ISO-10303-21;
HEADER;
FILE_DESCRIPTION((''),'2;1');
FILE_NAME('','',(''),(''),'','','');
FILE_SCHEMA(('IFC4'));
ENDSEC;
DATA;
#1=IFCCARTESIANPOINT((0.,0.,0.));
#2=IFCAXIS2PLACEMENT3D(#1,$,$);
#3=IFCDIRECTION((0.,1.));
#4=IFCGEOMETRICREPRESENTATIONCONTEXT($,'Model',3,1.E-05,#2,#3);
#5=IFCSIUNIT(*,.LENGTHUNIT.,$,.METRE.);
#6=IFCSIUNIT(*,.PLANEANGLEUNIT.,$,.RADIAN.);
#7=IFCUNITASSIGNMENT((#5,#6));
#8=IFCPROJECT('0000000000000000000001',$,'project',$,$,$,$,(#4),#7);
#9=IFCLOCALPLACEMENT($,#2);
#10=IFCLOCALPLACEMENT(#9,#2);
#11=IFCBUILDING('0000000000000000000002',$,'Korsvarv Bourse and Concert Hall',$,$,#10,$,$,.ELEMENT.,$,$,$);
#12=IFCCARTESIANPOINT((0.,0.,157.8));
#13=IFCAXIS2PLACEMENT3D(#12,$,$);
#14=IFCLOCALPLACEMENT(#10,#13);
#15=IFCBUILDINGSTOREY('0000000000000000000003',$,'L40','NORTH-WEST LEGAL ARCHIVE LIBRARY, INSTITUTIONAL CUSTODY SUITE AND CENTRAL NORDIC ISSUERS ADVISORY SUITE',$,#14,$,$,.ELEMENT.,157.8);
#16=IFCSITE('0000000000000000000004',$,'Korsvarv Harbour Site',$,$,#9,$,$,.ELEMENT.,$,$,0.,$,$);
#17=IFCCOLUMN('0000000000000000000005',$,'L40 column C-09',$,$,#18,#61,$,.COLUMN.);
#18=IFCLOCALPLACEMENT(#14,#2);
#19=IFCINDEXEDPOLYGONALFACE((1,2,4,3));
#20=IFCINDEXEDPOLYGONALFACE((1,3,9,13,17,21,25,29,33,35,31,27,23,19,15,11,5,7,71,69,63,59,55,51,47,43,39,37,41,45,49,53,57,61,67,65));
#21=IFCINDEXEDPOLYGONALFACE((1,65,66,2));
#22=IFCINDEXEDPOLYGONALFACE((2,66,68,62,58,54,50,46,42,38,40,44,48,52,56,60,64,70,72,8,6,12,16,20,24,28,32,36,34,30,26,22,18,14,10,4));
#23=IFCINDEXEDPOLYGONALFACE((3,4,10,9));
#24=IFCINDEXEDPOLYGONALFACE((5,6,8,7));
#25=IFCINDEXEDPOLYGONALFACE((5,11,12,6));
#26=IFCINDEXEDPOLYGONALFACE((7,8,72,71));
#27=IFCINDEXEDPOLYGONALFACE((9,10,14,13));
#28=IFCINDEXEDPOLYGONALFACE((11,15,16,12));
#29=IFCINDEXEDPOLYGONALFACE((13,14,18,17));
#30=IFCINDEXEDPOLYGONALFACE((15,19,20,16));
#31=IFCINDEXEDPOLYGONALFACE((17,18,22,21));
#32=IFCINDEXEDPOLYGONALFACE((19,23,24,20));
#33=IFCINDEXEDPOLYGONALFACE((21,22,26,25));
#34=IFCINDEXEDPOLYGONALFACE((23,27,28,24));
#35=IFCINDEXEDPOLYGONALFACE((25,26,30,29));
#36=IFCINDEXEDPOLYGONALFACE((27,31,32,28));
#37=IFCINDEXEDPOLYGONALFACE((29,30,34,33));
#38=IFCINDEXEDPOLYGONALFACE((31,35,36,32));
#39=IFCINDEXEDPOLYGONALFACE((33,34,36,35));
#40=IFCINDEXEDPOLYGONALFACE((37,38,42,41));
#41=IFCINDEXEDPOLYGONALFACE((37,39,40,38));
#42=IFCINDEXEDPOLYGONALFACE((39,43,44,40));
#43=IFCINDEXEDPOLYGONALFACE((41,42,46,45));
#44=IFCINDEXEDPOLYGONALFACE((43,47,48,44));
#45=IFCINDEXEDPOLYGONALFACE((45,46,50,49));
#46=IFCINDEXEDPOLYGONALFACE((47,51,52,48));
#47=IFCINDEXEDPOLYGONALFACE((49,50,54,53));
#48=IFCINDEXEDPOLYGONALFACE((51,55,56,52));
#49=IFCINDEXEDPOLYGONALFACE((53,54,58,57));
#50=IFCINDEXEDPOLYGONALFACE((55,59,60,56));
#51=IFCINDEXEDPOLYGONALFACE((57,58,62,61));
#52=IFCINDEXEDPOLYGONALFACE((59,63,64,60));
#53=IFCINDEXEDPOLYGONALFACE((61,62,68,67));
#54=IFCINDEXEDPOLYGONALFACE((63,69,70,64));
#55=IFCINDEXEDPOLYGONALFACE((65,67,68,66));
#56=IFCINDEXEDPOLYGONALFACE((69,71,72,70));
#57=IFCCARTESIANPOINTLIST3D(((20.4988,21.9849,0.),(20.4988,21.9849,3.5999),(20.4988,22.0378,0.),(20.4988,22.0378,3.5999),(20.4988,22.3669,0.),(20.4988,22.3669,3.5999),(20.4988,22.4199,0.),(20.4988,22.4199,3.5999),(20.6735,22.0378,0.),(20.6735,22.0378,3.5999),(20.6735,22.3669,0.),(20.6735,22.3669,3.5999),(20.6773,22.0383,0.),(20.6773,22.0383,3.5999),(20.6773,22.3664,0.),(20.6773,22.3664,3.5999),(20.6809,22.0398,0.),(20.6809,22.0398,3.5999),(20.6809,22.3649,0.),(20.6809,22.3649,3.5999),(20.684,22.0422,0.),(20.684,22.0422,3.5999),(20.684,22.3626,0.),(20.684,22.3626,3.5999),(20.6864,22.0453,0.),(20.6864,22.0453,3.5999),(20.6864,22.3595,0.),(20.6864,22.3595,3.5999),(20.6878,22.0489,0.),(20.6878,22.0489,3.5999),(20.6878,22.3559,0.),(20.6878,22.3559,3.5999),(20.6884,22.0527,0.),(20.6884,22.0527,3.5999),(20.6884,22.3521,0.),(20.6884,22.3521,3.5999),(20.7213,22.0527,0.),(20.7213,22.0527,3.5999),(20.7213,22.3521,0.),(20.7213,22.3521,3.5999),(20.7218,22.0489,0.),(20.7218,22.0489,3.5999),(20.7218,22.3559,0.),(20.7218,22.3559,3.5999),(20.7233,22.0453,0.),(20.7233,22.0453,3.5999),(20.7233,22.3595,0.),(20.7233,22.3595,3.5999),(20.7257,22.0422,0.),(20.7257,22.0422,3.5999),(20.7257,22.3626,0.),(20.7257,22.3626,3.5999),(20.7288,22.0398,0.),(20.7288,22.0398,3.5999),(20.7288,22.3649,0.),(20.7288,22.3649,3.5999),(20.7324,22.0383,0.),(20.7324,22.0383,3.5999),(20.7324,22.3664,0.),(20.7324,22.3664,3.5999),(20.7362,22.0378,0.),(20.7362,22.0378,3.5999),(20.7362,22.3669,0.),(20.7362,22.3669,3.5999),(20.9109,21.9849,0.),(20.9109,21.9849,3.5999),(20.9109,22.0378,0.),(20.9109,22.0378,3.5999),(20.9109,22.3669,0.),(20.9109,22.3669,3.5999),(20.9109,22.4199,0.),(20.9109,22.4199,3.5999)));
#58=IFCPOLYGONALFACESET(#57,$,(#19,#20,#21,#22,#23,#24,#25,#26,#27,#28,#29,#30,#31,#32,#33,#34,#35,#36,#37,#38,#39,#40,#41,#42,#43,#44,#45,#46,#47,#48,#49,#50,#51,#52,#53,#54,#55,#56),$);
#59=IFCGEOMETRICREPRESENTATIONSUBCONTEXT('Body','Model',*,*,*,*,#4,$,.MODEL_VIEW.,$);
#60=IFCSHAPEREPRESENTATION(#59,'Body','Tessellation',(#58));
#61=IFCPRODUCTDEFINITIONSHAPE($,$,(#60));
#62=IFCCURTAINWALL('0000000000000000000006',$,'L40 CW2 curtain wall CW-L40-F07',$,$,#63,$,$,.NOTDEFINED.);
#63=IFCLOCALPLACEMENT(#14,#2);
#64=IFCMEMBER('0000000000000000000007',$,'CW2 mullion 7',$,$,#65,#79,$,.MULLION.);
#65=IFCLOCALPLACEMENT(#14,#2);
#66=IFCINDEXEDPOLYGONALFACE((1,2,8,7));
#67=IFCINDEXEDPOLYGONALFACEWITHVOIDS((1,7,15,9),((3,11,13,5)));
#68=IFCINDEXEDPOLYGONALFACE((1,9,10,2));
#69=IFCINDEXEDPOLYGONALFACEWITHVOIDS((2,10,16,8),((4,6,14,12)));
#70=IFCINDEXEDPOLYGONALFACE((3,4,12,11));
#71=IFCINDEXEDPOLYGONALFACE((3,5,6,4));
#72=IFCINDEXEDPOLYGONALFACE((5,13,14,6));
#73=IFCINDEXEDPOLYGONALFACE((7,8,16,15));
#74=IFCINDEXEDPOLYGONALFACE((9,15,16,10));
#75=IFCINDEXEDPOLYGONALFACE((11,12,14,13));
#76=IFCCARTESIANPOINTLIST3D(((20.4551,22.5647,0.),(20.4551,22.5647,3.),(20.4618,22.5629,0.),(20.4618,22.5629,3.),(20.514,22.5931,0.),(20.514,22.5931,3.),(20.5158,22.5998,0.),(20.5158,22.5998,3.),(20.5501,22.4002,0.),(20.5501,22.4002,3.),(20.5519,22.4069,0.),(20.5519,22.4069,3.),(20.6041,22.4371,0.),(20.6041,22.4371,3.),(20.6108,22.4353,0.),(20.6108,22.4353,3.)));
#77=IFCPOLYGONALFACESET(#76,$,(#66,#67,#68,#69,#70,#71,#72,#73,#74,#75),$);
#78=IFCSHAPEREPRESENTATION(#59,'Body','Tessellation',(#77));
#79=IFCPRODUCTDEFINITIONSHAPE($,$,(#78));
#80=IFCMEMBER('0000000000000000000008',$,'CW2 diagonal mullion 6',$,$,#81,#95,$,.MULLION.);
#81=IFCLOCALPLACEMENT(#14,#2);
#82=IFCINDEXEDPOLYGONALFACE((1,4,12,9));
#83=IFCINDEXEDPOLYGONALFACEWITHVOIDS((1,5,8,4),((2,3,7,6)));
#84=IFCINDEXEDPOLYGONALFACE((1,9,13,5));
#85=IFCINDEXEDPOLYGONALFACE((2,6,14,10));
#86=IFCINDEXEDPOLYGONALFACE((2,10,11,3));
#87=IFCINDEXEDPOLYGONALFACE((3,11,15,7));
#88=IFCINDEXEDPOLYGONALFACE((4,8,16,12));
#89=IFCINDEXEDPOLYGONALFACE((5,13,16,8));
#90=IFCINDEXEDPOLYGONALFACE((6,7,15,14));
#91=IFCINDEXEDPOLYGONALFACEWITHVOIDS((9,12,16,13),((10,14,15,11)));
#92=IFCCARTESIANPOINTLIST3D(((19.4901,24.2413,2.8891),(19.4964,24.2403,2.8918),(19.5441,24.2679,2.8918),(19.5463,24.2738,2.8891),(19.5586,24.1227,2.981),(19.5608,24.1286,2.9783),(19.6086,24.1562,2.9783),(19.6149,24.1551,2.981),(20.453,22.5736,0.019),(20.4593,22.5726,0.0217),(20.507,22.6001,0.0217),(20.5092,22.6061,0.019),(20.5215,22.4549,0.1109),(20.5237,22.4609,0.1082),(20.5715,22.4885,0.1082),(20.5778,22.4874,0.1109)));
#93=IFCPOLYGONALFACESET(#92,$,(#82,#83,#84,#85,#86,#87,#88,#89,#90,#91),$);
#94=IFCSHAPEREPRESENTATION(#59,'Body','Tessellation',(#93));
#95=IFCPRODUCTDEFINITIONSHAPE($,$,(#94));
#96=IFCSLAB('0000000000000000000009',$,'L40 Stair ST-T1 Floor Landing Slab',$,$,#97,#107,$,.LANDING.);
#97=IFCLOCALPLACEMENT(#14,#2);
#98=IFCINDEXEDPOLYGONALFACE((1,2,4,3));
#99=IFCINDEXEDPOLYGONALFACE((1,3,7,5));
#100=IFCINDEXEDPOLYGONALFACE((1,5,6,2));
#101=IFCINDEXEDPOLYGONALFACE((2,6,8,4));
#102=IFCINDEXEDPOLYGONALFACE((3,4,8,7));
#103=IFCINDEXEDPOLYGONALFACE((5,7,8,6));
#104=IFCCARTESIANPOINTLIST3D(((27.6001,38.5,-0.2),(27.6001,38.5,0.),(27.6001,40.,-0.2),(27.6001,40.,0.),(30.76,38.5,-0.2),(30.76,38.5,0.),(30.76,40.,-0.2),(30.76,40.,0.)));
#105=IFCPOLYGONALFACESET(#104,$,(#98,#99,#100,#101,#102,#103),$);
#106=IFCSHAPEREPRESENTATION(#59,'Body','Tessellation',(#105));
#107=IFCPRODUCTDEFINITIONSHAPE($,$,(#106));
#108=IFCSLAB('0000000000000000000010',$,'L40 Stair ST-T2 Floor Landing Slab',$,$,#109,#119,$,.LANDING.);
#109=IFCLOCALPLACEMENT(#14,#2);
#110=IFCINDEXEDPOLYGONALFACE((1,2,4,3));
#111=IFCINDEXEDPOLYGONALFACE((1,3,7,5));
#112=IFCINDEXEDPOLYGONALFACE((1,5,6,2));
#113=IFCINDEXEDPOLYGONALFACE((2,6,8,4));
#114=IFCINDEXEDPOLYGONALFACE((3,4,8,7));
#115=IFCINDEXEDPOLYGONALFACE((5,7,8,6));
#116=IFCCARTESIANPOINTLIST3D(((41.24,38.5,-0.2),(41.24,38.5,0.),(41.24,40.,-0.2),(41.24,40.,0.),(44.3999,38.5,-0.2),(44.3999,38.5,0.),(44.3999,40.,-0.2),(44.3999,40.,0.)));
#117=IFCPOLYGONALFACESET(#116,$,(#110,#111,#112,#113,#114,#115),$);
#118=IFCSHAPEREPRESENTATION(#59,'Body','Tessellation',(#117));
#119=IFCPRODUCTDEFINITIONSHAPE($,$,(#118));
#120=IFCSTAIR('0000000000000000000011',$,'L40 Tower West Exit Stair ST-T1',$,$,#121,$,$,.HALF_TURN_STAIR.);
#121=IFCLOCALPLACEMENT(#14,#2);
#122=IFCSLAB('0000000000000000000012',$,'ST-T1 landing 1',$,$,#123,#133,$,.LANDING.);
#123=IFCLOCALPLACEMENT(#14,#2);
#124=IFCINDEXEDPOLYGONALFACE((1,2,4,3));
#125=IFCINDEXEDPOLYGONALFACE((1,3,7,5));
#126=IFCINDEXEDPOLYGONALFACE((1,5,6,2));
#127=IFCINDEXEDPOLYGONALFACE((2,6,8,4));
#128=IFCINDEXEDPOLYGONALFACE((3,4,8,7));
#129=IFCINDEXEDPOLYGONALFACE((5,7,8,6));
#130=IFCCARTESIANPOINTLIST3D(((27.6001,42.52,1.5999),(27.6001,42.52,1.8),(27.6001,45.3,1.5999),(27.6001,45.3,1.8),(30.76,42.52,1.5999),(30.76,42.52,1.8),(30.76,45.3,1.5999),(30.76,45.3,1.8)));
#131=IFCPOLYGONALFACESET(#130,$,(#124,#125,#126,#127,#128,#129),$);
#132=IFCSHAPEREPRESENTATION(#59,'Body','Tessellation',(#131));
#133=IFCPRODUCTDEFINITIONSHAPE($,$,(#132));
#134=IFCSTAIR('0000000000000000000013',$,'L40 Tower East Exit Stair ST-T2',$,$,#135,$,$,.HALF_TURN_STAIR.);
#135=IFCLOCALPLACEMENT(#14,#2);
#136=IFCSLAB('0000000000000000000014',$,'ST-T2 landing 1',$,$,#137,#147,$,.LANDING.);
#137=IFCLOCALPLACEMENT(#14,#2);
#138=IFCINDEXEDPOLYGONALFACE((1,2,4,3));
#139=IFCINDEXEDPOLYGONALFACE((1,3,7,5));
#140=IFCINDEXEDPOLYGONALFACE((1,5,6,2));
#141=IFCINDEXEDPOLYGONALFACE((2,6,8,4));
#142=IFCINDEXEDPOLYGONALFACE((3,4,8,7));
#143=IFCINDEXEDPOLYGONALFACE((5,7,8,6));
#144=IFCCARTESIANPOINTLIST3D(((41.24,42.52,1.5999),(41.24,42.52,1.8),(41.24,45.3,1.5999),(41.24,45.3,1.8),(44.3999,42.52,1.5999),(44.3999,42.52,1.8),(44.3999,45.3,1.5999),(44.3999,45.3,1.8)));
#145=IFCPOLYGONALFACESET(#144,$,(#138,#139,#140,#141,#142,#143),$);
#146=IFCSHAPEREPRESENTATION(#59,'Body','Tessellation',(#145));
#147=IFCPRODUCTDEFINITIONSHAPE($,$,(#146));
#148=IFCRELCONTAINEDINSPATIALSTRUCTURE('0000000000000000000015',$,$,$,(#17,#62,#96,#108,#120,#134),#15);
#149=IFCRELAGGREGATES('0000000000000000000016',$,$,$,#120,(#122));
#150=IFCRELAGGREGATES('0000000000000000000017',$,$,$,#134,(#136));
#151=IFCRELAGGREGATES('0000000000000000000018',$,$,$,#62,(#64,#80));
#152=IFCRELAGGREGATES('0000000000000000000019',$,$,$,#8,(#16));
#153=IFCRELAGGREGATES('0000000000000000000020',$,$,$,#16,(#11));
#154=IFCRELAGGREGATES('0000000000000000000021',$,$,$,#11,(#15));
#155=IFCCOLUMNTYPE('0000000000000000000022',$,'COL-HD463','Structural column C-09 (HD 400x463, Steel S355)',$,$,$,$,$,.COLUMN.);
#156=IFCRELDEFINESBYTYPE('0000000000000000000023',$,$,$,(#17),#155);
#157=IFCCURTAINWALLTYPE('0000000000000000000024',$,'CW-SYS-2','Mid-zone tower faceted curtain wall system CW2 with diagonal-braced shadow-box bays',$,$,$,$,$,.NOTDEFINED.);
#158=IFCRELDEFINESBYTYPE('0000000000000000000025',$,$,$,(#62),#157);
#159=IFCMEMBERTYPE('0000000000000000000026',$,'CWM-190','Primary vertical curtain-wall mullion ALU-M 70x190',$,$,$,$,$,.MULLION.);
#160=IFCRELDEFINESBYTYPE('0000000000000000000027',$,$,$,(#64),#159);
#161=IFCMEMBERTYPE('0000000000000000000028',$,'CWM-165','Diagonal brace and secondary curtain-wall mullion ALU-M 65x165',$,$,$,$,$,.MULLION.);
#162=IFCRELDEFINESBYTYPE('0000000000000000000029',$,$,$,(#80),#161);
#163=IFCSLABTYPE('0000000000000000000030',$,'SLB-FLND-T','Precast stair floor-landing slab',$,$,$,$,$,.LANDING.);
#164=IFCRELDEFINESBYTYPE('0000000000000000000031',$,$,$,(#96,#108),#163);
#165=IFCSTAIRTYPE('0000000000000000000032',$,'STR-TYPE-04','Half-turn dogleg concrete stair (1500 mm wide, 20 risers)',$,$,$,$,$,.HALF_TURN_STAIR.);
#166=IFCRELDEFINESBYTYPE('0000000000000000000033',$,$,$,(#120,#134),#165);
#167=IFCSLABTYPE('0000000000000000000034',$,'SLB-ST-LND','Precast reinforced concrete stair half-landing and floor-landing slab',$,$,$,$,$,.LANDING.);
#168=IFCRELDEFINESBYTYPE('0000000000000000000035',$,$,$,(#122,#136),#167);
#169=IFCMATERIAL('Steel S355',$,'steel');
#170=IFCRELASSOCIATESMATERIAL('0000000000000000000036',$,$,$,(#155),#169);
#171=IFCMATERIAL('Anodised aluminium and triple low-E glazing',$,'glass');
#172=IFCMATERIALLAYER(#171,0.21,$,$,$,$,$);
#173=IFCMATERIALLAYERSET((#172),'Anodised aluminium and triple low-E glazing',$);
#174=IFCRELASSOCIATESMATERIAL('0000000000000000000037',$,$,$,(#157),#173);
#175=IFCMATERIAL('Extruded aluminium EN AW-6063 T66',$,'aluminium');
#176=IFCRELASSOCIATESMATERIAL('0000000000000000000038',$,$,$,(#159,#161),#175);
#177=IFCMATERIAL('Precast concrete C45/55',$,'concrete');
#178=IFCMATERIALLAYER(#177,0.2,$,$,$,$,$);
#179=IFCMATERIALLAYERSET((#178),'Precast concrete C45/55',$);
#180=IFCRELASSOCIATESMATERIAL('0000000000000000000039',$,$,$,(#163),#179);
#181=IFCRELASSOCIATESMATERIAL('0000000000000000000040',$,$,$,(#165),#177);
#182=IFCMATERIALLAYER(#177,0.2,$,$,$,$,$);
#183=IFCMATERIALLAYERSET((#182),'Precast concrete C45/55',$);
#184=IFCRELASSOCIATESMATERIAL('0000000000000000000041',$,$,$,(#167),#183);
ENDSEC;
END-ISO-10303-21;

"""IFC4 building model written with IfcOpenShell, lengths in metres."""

from ifc_helpers import new_model, si_unit, direction, frame, origin, origin_2d, place, context, subcontext, project, spatial, polyline, hollow_rectangle, i_section, outline, extrude, source, transform, mapped, material, layer, layer_set, material_profile, profile_set, type_object, element, aggregate, save


model = new_model("IFC4")

# Units and contexts
model_context = context("Model", 3, precision=1e-05, world=origin(), true_north=direction((0.0, 1.0)))
body_context = subcontext(model_context, "Body", "Model", "MODEL_VIEW")
ifc_project = project(units=[si_unit("LENGTHUNIT", "METRE"), si_unit("PLANEANGLEUNIT", "RADIAN")], contexts=[model_context])

# Site, building, storey
site_placement = place(None, origin())
site = spatial("IfcSite", under=ifc_project, at=site_placement, Name="Korsvarv Harbour Site", CompositionType="ELEMENT", RefElevation=0.0)
building_placement = place(site_placement, origin())
building = spatial("IfcBuilding", under=site, at=building_placement, Name="Korsvarv Bourse and Concert Hall", CompositionType="ELEMENT")
storey_placement = place(building_placement, frame((0.0, 0.0, 157.8)))
storey = spatial("IfcBuildingStorey", under=building, at=storey_placement, Name="L40", Description="NORTH-WEST LEGAL ARCHIVE LIBRARY, INSTITUTIONAL CUSTODY SUITE AND CENTRAL NORDIC ISSUERS ADVISORY SUITE", CompositionType="ELEMENT", Elevation=157.8)

# Column
ifc_material_1 = material(Name="Steel S355", Category="steel")
ifc_material_profile_1 = material_profile(ifc_material_1, i_section(OverallWidth=0.4121, OverallDepth=0.4351, WebThickness=0.033, FlangeThickness=0.053, FilletRadius=0.0149, at=origin_2d()), Name="HD 400x463")
ifc_profile_set_1 = profile_set([ifc_material_profile_1], Name="Steel S355")
column_type = type_object("IfcColumnType", Name="COL-HD463", Description="Structural column C-09 (HD 400x463, Steel S355)", PredefinedType="COLUMN", material=ifc_profile_set_1)
shared_shape_1 = source(origin(), body_context, "Body", "SweptSolid", [
    extrude(i_section(OverallWidth=0.4121, OverallDepth=0.4351, WebThickness=0.033, FlangeThickness=0.053, FilletRadius=0.0149, at=origin_2d()), origin(), (0.0, 0.0, 1.0), 3.5999),
])
column_placement = place(storey_placement, frame((20.7048, 22.2024, 0.0), z_axis=(0.0, 0.0, 1.0), x_axis=(1.0, 0.0, 0.0)))
element("IfcColumn", 1, at=column_placement, inside=storey, type_object=column_type, Name="L40 column C-09", PredefinedType="COLUMN", context=body_context, shape_type="MappedRepresentation", body=[
    mapped(shared_shape_1, transform((0.0, 0.0, 0.0), scale=1.0)),
])

# Curtain wall, members
ifc_material_2 = material(Name="Anodised aluminium and triple low-E glazing", Category="glass")
ifc_layer_1 = layer(ifc_material_2, 0.21)
ifc_layer_set_1 = layer_set([ifc_layer_1], Name="Anodised aluminium and triple low-E glazing")
curtain_wall_type = type_object("IfcCurtainWallType", Name="CW-SYS-2", Description="Mid-zone tower faceted curtain wall system CW2 with diagonal-braced shadow-box bays", PredefinedType="NOTDEFINED", material=ifc_layer_set_1)
curtain_wall_placement = place(storey_placement, origin())
curtain_wall = element("IfcCurtainWall", 2, at=curtain_wall_placement, inside=storey, type_object=curtain_wall_type, Name="L40 CW2 curtain wall CW-L40-F07", PredefinedType="NOTDEFINED")
ifc_material_3 = material(Name="Extruded aluminium EN AW-6063 T66", Category="aluminium")
ifc_material_profile_2 = material_profile(ifc_material_3, hollow_rectangle(XDim=0.0701, YDim=0.1899, WallThickness=0.0049, at=origin_2d()), Name="ALU-M 70x190")
ifc_profile_set_2 = profile_set([ifc_material_profile_2], Name="Extruded aluminium EN AW-6063 T66")
member_type_1 = type_object("IfcMemberType", Name="CWM-190", Description="Primary vertical curtain-wall mullion ALU-M 70x190", PredefinedType="MULLION", material=ifc_profile_set_2)
shared_shape_2 = source(origin(), body_context, "Body", "SweptSolid", [
    extrude(hollow_rectangle(XDim=0.0701, YDim=0.1899, WallThickness=0.0049, at=origin_2d()), origin(), (0.0, 0.0, 1.0), 3.0),
])
member_1_placement = place(storey_placement, frame((20.533, 22.5, 0.0), z_axis=(0.0, 0.0, 1.0), x_axis=(0.866024, 0.500002, 0.0)))
member_1 = element("IfcMember", 3, at=member_1_placement, type_object=member_type_1, Name="CW2 mullion 7", PredefinedType="MULLION", context=body_context, shape_type="MappedRepresentation", body=[
    mapped(shared_shape_2, transform((0.0, 0.0, 0.0), scale=1.0)),
])
ifc_material_profile_3 = material_profile(ifc_material_3, hollow_rectangle(XDim=0.0649, YDim=0.165, WallThickness=0.0049, at=origin_2d()), Name="ALU-M 65x165")
ifc_profile_set_3 = profile_set([ifc_material_profile_3], Name="Extruded aluminium EN AW-6063 T66")
member_type_2 = type_object("IfcMemberType", Name="CWM-165", Description="Diagonal brace and secondary curtain-wall mullion ALU-M 65x165", PredefinedType="MULLION", material=ifc_profile_set_3)
shared_shape_3 = source(origin(), body_context, "Body", "SweptSolid", [
    extrude(hollow_rectangle(XDim=0.0649, YDim=0.165, WallThickness=0.0049, at=origin_2d()), origin(), (0.0, 0.0, 1.0), 3.4563),
])
member_2_placement = place(storey_placement, frame((20.5154, 22.5305, 0.0649), z_axis=(-0.27859, 0.482517, 0.830401), x_axis=(-0.866019, -0.500011, 0.0)))
member_2 = element("IfcMember", 4, at=member_2_placement, type_object=member_type_2, Name="CW2 diagonal mullion 6", PredefinedType="MULLION", context=body_context, shape_type="MappedRepresentation", body=[
    mapped(shared_shape_3, transform((0.0, 0.0, 0.0), scale=1.0)),
])

# Slabs
ifc_material_4 = material(Name="Precast concrete C45/55", Category="concrete")
ifc_layer_2 = layer(ifc_material_4, 0.2)
ifc_layer_set_2 = layer_set([ifc_layer_2], Name="Precast concrete C45/55")
slab_type_1 = type_object("IfcSlabType", Name="SLB-FLND-T", Description="Precast stair floor-landing slab", PredefinedType="LANDING", material=ifc_layer_set_2)
slab_1_placement = place(storey_placement, frame((0.0, 0.0, -0.2)))
element("IfcSlab", 5, at=slab_1_placement, inside=storey, type_object=slab_type_1, Name="L40 Stair ST-T1 Floor Landing Slab", PredefinedType="LANDING", context=body_context, shape_type="SweptSolid", body=[
    extrude(outline(polyline([(30.76, 38.5), (30.76, 40.0), (27.6001, 40.0), (27.6001, 38.5), (30.76, 38.5)])), origin(), (0.0, 0.0, 1.0), 0.2),
])
slab_2_placement = place(storey_placement, frame((0.0, 0.0, -0.2)))
element("IfcSlab", 6, at=slab_2_placement, inside=storey, type_object=slab_type_1, Name="L40 Stair ST-T2 Floor Landing Slab", PredefinedType="LANDING", context=body_context, shape_type="SweptSolid", body=[
    extrude(outline(polyline([(44.3999, 38.5), (44.3999, 40.0), (41.24, 40.0), (41.24, 38.5), (44.3999, 38.5)])), origin(), (0.0, 0.0, 1.0), 0.2),
])

# Stairs, slabs
stair_type = type_object("IfcStairType", Name="STR-TYPE-04", Description="Half-turn dogleg concrete stair (1500 mm wide, 20 risers)", PredefinedType="HALF_TURN_STAIR", material=ifc_material_4)
stair_1_placement = place(storey_placement, origin())
stair_1 = element("IfcStair", 7, at=stair_1_placement, inside=storey, type_object=stair_type, Name="L40 Tower West Exit Stair ST-T1", PredefinedType="HALF_TURN_STAIR")
ifc_layer_3 = layer(ifc_material_4, 0.2)
ifc_layer_set_3 = layer_set([ifc_layer_3], Name="Precast concrete C45/55")
slab_type_2 = type_object("IfcSlabType", Name="SLB-ST-LND", Description="Precast reinforced concrete stair half-landing and floor-landing slab", PredefinedType="LANDING", material=ifc_layer_set_3)
slab_3_placement = place(storey_placement, frame((0.0, 0.0, 1.5999)))
slab_3 = element("IfcSlab", 8, at=slab_3_placement, type_object=slab_type_2, Name="ST-T1 landing 1", PredefinedType="LANDING", context=body_context, shape_type="SweptSolid", body=[
    extrude(outline(polyline([(30.76, 42.52), (30.76, 45.3), (27.6001, 45.3), (27.6001, 42.52), (30.76, 42.52)])), origin(), (0.0, 0.0, 1.0), 0.2002),
])
aggregate(stair_1, [slab_3])
stair_2_placement = place(storey_placement, origin())
stair_2 = element("IfcStair", 9, at=stair_2_placement, inside=storey, type_object=stair_type, Name="L40 Tower East Exit Stair ST-T2", PredefinedType="HALF_TURN_STAIR")
slab_4_placement = place(storey_placement, frame((0.0, 0.0, 1.5999)))
slab_4 = element("IfcSlab", 10, at=slab_4_placement, type_object=slab_type_2, Name="ST-T2 landing 1", PredefinedType="LANDING", context=body_context, shape_type="SweptSolid", body=[
    extrude(outline(polyline([(44.3999, 42.52), (44.3999, 45.3), (41.24, 45.3), (41.24, 42.52), (44.3999, 42.52)])), origin(), (0.0, 0.0, 1.0), 0.2002),
])
aggregate(stair_2, [slab_4])

aggregate(curtain_wall, [member_1, member_2])

save(model, "model.ifc")
